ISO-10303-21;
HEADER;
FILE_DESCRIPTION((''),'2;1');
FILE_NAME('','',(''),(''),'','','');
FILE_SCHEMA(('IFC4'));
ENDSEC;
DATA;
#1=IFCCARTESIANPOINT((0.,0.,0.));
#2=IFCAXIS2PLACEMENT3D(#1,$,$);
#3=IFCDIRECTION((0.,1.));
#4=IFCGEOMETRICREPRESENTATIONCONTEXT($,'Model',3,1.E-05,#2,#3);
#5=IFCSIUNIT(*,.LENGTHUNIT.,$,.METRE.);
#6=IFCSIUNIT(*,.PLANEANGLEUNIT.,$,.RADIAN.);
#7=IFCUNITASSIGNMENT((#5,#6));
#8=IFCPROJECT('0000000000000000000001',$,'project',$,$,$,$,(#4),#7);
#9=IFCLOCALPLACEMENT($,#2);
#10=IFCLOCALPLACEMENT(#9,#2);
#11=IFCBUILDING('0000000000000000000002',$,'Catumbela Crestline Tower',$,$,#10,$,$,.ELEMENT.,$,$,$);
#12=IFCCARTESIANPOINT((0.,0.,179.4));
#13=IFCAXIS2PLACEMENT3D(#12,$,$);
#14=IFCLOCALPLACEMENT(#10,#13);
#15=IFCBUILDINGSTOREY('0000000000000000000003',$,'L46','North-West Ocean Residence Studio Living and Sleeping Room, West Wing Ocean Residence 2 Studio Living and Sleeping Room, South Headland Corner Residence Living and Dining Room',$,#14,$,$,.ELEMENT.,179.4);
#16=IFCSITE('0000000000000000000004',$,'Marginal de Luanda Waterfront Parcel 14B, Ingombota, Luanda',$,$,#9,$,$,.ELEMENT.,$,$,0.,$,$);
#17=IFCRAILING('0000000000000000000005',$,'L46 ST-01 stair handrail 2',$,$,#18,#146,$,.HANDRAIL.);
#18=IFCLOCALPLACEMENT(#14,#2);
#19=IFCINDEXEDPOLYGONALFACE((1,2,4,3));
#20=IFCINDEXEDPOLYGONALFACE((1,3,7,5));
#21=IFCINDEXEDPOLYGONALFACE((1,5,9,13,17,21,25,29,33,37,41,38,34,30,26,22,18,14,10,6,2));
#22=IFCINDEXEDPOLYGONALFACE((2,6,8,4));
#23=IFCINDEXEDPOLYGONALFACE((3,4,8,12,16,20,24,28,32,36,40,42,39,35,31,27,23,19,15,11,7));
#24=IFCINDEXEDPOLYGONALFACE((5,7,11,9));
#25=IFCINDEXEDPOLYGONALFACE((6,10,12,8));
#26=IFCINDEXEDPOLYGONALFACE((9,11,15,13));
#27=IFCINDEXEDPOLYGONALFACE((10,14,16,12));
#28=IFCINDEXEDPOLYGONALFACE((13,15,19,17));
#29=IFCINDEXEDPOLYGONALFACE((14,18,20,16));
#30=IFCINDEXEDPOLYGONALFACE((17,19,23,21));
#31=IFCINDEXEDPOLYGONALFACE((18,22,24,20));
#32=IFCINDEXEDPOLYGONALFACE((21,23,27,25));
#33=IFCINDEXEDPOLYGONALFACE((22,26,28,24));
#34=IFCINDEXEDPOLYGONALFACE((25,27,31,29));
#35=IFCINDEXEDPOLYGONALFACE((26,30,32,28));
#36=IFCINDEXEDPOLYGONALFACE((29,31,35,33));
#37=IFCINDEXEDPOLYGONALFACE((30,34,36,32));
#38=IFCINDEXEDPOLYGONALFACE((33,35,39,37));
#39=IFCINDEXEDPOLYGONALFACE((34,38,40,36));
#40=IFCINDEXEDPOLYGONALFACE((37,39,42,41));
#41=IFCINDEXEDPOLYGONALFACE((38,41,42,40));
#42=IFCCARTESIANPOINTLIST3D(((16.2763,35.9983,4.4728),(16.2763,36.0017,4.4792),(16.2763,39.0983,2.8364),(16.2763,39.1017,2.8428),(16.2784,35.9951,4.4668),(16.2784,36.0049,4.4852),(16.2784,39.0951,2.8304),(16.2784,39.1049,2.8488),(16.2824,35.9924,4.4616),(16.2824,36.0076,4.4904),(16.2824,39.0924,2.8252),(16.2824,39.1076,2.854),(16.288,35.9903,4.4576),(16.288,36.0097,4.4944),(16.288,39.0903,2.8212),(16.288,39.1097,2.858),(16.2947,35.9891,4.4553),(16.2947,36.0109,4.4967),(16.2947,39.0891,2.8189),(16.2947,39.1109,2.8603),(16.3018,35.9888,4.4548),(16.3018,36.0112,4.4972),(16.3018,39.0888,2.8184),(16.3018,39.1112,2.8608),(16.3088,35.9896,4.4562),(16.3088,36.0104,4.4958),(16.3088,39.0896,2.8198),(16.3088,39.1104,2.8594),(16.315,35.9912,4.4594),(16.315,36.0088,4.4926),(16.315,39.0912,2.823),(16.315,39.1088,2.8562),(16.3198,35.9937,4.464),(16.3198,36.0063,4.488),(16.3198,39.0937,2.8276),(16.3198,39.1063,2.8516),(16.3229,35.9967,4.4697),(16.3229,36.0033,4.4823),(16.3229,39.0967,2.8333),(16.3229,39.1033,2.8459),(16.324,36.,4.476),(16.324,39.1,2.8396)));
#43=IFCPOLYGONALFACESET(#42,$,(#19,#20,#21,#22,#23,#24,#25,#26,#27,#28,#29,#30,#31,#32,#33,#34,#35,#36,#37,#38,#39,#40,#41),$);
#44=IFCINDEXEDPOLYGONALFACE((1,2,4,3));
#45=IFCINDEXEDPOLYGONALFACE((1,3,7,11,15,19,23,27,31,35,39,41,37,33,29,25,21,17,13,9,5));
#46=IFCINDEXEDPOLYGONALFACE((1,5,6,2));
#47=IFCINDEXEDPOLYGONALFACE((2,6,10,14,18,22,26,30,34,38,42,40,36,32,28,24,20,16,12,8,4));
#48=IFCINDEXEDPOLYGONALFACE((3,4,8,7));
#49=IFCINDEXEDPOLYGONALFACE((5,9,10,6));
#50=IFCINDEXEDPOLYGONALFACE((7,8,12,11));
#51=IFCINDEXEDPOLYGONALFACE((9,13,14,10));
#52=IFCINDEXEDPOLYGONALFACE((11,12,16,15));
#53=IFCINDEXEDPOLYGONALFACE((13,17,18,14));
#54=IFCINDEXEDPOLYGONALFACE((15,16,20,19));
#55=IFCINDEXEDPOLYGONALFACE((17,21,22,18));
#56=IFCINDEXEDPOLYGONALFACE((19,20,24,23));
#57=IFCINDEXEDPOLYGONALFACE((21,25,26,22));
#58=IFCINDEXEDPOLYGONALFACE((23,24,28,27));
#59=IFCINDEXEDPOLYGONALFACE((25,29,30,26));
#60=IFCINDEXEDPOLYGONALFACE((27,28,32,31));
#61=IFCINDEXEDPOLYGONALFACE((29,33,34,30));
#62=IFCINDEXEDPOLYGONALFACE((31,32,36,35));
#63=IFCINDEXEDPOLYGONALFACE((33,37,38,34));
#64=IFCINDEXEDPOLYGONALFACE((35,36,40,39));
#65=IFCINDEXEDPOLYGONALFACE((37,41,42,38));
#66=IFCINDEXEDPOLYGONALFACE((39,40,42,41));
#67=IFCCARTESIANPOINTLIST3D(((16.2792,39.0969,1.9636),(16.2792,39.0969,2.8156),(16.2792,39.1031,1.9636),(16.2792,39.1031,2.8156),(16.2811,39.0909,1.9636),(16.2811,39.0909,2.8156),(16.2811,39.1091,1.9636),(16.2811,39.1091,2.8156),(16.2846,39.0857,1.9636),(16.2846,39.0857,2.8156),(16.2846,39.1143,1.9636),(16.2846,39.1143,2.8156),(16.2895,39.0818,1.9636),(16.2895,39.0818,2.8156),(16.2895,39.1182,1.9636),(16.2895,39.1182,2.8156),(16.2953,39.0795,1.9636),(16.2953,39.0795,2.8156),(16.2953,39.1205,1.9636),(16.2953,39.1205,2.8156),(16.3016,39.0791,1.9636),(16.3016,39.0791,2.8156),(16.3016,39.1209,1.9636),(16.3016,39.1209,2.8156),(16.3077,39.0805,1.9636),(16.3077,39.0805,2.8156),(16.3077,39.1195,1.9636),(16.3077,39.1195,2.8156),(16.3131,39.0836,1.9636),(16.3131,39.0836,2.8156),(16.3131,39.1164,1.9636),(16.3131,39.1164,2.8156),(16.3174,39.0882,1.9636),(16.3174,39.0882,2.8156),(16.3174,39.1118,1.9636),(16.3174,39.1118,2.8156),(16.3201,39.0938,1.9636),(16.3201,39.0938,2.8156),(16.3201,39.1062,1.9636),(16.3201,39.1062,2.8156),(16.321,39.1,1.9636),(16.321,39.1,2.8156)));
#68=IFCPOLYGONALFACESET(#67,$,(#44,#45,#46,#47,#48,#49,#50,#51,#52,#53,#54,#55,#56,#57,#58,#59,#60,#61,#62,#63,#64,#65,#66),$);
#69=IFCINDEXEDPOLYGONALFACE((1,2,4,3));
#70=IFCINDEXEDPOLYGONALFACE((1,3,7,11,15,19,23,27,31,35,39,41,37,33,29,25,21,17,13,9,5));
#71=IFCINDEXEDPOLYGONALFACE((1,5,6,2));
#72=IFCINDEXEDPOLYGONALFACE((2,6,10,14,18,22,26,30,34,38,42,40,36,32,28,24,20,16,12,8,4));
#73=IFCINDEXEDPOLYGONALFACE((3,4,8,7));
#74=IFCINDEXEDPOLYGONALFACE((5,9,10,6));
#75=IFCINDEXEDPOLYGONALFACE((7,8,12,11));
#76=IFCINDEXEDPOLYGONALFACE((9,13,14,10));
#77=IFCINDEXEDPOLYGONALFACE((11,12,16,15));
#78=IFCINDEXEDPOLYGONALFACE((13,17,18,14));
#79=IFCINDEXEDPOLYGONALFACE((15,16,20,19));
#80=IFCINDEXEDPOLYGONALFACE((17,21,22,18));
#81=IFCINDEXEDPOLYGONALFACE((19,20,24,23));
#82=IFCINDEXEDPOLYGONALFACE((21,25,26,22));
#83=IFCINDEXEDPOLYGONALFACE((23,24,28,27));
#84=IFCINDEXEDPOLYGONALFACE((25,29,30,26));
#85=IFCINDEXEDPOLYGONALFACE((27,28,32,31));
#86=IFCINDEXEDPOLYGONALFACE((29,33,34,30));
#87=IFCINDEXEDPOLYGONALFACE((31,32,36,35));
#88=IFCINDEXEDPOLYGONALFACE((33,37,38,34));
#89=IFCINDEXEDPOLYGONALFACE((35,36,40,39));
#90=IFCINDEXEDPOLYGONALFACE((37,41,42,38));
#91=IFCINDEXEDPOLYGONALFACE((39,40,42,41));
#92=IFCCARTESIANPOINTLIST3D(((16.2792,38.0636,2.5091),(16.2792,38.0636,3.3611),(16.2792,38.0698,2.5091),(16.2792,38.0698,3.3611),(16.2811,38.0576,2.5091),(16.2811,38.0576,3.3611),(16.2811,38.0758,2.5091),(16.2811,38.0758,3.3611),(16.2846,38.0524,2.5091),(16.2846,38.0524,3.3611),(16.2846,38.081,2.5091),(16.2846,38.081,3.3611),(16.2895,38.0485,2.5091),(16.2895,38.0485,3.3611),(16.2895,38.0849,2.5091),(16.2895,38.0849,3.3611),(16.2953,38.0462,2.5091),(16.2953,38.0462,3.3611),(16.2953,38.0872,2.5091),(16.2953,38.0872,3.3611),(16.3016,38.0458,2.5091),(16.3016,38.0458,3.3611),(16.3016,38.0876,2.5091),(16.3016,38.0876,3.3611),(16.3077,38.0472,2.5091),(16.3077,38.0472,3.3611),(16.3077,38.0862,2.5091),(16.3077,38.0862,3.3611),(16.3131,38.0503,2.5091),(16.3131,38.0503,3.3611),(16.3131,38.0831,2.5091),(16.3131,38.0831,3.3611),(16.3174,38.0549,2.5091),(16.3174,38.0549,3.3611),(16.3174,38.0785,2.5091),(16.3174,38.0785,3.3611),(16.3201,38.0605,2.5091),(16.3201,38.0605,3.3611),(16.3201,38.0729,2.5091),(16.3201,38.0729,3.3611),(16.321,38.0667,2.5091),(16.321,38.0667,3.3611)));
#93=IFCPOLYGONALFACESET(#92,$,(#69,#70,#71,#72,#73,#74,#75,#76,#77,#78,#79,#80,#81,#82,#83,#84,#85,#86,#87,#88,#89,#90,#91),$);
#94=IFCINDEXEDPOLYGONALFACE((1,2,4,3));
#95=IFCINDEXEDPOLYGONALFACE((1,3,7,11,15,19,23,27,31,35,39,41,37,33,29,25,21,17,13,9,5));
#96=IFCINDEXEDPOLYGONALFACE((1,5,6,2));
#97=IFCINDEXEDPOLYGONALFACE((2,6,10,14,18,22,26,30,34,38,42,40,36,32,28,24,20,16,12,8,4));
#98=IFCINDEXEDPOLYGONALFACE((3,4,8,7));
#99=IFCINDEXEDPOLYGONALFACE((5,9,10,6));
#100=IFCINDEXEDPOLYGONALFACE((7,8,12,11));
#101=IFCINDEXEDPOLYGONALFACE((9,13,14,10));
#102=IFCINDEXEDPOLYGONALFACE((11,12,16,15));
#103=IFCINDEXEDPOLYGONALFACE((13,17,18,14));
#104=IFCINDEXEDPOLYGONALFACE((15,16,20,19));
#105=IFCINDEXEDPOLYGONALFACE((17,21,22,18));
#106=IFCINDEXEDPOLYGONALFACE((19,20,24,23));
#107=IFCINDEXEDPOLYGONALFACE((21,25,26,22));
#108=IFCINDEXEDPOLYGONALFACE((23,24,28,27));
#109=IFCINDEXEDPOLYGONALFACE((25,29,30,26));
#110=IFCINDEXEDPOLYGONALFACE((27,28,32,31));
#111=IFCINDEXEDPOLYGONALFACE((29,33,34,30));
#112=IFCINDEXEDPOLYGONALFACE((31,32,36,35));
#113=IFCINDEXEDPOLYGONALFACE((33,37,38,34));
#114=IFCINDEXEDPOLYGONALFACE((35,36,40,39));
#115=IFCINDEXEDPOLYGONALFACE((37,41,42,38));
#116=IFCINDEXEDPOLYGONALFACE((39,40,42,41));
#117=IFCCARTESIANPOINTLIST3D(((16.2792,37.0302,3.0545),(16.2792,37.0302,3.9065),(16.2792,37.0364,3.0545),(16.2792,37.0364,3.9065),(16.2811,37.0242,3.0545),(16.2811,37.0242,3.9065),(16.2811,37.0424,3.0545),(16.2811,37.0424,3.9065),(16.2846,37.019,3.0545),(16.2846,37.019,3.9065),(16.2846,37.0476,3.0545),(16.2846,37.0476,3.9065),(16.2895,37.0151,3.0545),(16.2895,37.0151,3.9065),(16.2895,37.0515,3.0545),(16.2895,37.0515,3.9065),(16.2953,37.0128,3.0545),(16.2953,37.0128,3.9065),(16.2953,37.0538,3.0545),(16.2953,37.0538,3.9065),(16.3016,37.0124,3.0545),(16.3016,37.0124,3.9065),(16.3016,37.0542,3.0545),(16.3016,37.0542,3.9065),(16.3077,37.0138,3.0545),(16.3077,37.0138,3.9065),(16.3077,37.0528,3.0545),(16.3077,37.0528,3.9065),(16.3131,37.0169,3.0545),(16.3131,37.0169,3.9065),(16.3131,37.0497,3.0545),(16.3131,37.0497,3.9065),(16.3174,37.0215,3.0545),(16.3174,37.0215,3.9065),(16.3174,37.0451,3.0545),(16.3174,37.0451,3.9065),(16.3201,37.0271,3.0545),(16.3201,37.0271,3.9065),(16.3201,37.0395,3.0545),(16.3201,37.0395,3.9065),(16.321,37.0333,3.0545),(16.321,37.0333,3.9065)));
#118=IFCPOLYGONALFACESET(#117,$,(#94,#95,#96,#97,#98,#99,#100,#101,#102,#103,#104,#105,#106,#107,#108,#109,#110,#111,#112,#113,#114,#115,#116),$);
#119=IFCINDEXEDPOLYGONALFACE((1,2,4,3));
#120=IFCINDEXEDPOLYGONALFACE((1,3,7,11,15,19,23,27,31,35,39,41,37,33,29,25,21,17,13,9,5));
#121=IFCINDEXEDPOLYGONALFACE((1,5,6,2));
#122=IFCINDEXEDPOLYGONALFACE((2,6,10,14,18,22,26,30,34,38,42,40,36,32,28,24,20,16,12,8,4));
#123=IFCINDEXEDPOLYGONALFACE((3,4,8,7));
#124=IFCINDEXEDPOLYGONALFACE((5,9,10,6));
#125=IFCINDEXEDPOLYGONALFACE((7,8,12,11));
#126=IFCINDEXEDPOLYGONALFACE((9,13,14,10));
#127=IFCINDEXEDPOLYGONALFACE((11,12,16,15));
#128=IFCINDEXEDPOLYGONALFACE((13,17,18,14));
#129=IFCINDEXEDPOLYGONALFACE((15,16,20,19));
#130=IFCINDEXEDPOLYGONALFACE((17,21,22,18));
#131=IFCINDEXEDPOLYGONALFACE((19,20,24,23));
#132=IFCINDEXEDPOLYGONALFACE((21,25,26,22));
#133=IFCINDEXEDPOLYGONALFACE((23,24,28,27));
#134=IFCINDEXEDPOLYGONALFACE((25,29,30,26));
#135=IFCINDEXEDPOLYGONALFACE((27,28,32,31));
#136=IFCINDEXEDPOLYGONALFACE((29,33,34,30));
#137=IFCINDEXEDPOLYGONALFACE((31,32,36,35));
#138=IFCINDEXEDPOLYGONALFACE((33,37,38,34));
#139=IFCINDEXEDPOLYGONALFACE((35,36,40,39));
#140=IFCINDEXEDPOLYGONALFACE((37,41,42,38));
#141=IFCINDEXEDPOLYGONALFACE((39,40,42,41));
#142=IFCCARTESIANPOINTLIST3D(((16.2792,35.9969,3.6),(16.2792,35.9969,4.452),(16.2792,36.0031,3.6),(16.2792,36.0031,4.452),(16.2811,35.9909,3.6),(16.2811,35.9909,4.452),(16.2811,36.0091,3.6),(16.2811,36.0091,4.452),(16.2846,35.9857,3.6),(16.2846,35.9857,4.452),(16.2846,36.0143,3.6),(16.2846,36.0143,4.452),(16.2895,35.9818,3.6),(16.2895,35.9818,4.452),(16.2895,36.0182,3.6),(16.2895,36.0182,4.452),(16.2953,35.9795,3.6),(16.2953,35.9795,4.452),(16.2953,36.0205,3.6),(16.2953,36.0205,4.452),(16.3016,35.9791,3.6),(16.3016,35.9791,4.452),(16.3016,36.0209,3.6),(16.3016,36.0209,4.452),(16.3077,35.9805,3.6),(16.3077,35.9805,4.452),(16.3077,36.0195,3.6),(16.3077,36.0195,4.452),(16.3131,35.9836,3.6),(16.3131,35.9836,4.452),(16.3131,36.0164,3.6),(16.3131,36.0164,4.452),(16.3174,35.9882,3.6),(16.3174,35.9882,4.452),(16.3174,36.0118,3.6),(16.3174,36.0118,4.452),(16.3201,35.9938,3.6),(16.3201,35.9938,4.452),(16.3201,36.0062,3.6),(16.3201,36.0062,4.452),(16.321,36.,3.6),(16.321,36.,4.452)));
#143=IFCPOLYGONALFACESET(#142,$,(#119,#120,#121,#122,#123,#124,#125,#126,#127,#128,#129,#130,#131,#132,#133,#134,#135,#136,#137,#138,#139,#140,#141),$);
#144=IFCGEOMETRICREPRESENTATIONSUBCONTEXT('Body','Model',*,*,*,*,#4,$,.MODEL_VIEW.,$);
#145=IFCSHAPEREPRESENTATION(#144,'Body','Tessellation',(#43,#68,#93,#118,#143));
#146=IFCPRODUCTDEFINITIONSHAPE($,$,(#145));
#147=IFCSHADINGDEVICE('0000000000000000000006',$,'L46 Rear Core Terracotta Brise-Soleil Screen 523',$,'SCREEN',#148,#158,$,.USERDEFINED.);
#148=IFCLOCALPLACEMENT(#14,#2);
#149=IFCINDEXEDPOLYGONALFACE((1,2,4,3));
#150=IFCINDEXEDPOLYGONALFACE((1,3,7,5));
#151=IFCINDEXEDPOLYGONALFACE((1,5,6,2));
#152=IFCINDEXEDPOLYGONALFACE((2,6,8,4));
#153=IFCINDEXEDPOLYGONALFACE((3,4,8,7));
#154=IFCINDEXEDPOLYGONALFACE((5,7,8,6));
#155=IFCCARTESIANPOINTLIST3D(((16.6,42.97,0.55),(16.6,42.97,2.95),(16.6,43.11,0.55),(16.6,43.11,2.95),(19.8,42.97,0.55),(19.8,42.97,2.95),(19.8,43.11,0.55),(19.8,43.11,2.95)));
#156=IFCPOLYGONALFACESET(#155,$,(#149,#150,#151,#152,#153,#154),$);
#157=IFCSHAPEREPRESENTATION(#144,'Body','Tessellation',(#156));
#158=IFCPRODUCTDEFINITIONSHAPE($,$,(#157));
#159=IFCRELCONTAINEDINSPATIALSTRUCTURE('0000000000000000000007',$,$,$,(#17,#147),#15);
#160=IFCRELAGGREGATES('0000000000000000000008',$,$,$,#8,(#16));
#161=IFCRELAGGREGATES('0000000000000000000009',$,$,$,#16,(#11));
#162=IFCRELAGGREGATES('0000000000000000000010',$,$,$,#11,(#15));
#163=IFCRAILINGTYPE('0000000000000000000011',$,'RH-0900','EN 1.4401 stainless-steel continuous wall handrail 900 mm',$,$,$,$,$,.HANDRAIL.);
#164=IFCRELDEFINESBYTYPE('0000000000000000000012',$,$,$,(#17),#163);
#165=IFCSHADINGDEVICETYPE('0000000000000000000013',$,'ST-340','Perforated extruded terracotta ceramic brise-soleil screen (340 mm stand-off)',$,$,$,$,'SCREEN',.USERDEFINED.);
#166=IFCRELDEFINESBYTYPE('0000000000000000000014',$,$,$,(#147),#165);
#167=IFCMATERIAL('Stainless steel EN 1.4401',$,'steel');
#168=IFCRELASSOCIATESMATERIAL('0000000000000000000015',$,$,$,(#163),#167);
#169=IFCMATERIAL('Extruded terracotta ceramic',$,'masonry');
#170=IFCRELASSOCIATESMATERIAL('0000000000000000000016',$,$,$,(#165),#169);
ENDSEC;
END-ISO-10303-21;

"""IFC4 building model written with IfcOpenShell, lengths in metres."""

from ifc_helpers import new_model, si_unit, direction, frame, origin, origin_2d, place, context, subcontext, project, spatial, rectangle, circle, extrude, material, type_object, element, save


model = new_model("IFC4")

# Units and contexts
model_context = context("Model", 3, precision=1e-05, world=origin(), true_north=direction((0.0, 1.0)))
body_context = subcontext(model_context, "Body", "Model", "MODEL_VIEW")
ifc_project = project(units=[si_unit("LENGTHUNIT", "METRE"), si_unit("PLANEANGLEUNIT", "RADIAN")], contexts=[model_context])

# Site, building, storey
site_placement = place(None, origin())
site = spatial("IfcSite", under=ifc_project, at=site_placement, Name="Marginal de Luanda Waterfront Parcel 14B, Ingombota, Luanda", CompositionType="ELEMENT", RefElevation=0.0)
building_placement = place(site_placement, origin())
building = spatial("IfcBuilding", under=site, at=building_placement, Name="Catumbela Crestline Tower", CompositionType="ELEMENT")
storey_placement = place(building_placement, frame((0.0, 0.0, 179.4)))
storey = spatial("IfcBuildingStorey", under=building, at=storey_placement, Name="L46", Description="North-West Ocean Residence Studio Living and Sleeping Room, West Wing Ocean Residence 2 Studio Living and Sleeping Room, South Headland Corner Residence Living and Dining Room", CompositionType="ELEMENT", Elevation=179.4)

# Shared definitions
ifc_material_1 = material(Name="Stainless steel EN 1.4401", Category="steel")

# Railing
railing_type_1 = type_object("IfcRailingType", Name="RH-0900", Description="EN 1.4401 stainless-steel continuous wall handrail 900 mm", PredefinedType="HANDRAIL", material=ifc_material_1)
railing_1_placement = place(storey_placement, frame((16.3, 39.1, 1.9636)))
element("IfcRailing", 1, at=railing_1_placement, inside=storey, type_object=railing_type_1, Name="L46 ST-01 stair handrail 2", PredefinedType="HANDRAIL", context=body_context, shape_type="SweptSolid", body=[
    extrude(circle(Radius=0.024, at=origin_2d()), frame((0.0, 0.0, 0.876), z_axis=(0.0, -0.884351, 0.466823), x_axis=(1.0, 0.0, 0.0)), (0.0, 0.0, 1.0), 3.5054),
    extrude(circle(Radius=0.021, at=origin_2d()), origin(), (0.0, 0.0, 1.0), 0.852),
    extrude(circle(Radius=0.021, at=origin_2d()), frame((0.0, -1.0333, 0.5455)), (0.0, 0.0, 1.0), 0.852),
    extrude(circle(Radius=0.021, at=origin_2d()), frame((0.0, -2.0667, 1.0909)), (0.0, 0.0, 1.0), 0.852),
    extrude(circle(Radius=0.021, at=origin_2d()), frame((0.0, -3.1, 1.6364)), (0.0, 0.0, 1.0), 0.852),
])

# Shading device
ifc_material_2 = material(Name="Extruded terracotta ceramic", Category="masonry")
shading_device_type = type_object("IfcShadingDeviceType", Name="ST-340", Description="Perforated extruded terracotta ceramic brise-soleil screen (340 mm stand-off)", ElementType="SCREEN", PredefinedType="USERDEFINED", material=ifc_material_2)
shading_device_placement = place(storey_placement, frame((18.2, 43.04, 0.55), z_axis=(0.0, 0.0, 1.0), x_axis=(1.0, 0.0, 0.0)))
element("IfcShadingDevice", 2, at=shading_device_placement, inside=storey, type_object=shading_device_type, Name="L46 Rear Core Terracotta Brise-Soleil Screen 523", ObjectType="SCREEN", PredefinedType="USERDEFINED", context=body_context, shape_type="SweptSolid", body=[
    extrude(rectangle(XDim=3.2, YDim=0.14, at=origin_2d()), origin(), (0.0, 0.0, 1.0), 2.4),
])

save(model, "model.ifc")
